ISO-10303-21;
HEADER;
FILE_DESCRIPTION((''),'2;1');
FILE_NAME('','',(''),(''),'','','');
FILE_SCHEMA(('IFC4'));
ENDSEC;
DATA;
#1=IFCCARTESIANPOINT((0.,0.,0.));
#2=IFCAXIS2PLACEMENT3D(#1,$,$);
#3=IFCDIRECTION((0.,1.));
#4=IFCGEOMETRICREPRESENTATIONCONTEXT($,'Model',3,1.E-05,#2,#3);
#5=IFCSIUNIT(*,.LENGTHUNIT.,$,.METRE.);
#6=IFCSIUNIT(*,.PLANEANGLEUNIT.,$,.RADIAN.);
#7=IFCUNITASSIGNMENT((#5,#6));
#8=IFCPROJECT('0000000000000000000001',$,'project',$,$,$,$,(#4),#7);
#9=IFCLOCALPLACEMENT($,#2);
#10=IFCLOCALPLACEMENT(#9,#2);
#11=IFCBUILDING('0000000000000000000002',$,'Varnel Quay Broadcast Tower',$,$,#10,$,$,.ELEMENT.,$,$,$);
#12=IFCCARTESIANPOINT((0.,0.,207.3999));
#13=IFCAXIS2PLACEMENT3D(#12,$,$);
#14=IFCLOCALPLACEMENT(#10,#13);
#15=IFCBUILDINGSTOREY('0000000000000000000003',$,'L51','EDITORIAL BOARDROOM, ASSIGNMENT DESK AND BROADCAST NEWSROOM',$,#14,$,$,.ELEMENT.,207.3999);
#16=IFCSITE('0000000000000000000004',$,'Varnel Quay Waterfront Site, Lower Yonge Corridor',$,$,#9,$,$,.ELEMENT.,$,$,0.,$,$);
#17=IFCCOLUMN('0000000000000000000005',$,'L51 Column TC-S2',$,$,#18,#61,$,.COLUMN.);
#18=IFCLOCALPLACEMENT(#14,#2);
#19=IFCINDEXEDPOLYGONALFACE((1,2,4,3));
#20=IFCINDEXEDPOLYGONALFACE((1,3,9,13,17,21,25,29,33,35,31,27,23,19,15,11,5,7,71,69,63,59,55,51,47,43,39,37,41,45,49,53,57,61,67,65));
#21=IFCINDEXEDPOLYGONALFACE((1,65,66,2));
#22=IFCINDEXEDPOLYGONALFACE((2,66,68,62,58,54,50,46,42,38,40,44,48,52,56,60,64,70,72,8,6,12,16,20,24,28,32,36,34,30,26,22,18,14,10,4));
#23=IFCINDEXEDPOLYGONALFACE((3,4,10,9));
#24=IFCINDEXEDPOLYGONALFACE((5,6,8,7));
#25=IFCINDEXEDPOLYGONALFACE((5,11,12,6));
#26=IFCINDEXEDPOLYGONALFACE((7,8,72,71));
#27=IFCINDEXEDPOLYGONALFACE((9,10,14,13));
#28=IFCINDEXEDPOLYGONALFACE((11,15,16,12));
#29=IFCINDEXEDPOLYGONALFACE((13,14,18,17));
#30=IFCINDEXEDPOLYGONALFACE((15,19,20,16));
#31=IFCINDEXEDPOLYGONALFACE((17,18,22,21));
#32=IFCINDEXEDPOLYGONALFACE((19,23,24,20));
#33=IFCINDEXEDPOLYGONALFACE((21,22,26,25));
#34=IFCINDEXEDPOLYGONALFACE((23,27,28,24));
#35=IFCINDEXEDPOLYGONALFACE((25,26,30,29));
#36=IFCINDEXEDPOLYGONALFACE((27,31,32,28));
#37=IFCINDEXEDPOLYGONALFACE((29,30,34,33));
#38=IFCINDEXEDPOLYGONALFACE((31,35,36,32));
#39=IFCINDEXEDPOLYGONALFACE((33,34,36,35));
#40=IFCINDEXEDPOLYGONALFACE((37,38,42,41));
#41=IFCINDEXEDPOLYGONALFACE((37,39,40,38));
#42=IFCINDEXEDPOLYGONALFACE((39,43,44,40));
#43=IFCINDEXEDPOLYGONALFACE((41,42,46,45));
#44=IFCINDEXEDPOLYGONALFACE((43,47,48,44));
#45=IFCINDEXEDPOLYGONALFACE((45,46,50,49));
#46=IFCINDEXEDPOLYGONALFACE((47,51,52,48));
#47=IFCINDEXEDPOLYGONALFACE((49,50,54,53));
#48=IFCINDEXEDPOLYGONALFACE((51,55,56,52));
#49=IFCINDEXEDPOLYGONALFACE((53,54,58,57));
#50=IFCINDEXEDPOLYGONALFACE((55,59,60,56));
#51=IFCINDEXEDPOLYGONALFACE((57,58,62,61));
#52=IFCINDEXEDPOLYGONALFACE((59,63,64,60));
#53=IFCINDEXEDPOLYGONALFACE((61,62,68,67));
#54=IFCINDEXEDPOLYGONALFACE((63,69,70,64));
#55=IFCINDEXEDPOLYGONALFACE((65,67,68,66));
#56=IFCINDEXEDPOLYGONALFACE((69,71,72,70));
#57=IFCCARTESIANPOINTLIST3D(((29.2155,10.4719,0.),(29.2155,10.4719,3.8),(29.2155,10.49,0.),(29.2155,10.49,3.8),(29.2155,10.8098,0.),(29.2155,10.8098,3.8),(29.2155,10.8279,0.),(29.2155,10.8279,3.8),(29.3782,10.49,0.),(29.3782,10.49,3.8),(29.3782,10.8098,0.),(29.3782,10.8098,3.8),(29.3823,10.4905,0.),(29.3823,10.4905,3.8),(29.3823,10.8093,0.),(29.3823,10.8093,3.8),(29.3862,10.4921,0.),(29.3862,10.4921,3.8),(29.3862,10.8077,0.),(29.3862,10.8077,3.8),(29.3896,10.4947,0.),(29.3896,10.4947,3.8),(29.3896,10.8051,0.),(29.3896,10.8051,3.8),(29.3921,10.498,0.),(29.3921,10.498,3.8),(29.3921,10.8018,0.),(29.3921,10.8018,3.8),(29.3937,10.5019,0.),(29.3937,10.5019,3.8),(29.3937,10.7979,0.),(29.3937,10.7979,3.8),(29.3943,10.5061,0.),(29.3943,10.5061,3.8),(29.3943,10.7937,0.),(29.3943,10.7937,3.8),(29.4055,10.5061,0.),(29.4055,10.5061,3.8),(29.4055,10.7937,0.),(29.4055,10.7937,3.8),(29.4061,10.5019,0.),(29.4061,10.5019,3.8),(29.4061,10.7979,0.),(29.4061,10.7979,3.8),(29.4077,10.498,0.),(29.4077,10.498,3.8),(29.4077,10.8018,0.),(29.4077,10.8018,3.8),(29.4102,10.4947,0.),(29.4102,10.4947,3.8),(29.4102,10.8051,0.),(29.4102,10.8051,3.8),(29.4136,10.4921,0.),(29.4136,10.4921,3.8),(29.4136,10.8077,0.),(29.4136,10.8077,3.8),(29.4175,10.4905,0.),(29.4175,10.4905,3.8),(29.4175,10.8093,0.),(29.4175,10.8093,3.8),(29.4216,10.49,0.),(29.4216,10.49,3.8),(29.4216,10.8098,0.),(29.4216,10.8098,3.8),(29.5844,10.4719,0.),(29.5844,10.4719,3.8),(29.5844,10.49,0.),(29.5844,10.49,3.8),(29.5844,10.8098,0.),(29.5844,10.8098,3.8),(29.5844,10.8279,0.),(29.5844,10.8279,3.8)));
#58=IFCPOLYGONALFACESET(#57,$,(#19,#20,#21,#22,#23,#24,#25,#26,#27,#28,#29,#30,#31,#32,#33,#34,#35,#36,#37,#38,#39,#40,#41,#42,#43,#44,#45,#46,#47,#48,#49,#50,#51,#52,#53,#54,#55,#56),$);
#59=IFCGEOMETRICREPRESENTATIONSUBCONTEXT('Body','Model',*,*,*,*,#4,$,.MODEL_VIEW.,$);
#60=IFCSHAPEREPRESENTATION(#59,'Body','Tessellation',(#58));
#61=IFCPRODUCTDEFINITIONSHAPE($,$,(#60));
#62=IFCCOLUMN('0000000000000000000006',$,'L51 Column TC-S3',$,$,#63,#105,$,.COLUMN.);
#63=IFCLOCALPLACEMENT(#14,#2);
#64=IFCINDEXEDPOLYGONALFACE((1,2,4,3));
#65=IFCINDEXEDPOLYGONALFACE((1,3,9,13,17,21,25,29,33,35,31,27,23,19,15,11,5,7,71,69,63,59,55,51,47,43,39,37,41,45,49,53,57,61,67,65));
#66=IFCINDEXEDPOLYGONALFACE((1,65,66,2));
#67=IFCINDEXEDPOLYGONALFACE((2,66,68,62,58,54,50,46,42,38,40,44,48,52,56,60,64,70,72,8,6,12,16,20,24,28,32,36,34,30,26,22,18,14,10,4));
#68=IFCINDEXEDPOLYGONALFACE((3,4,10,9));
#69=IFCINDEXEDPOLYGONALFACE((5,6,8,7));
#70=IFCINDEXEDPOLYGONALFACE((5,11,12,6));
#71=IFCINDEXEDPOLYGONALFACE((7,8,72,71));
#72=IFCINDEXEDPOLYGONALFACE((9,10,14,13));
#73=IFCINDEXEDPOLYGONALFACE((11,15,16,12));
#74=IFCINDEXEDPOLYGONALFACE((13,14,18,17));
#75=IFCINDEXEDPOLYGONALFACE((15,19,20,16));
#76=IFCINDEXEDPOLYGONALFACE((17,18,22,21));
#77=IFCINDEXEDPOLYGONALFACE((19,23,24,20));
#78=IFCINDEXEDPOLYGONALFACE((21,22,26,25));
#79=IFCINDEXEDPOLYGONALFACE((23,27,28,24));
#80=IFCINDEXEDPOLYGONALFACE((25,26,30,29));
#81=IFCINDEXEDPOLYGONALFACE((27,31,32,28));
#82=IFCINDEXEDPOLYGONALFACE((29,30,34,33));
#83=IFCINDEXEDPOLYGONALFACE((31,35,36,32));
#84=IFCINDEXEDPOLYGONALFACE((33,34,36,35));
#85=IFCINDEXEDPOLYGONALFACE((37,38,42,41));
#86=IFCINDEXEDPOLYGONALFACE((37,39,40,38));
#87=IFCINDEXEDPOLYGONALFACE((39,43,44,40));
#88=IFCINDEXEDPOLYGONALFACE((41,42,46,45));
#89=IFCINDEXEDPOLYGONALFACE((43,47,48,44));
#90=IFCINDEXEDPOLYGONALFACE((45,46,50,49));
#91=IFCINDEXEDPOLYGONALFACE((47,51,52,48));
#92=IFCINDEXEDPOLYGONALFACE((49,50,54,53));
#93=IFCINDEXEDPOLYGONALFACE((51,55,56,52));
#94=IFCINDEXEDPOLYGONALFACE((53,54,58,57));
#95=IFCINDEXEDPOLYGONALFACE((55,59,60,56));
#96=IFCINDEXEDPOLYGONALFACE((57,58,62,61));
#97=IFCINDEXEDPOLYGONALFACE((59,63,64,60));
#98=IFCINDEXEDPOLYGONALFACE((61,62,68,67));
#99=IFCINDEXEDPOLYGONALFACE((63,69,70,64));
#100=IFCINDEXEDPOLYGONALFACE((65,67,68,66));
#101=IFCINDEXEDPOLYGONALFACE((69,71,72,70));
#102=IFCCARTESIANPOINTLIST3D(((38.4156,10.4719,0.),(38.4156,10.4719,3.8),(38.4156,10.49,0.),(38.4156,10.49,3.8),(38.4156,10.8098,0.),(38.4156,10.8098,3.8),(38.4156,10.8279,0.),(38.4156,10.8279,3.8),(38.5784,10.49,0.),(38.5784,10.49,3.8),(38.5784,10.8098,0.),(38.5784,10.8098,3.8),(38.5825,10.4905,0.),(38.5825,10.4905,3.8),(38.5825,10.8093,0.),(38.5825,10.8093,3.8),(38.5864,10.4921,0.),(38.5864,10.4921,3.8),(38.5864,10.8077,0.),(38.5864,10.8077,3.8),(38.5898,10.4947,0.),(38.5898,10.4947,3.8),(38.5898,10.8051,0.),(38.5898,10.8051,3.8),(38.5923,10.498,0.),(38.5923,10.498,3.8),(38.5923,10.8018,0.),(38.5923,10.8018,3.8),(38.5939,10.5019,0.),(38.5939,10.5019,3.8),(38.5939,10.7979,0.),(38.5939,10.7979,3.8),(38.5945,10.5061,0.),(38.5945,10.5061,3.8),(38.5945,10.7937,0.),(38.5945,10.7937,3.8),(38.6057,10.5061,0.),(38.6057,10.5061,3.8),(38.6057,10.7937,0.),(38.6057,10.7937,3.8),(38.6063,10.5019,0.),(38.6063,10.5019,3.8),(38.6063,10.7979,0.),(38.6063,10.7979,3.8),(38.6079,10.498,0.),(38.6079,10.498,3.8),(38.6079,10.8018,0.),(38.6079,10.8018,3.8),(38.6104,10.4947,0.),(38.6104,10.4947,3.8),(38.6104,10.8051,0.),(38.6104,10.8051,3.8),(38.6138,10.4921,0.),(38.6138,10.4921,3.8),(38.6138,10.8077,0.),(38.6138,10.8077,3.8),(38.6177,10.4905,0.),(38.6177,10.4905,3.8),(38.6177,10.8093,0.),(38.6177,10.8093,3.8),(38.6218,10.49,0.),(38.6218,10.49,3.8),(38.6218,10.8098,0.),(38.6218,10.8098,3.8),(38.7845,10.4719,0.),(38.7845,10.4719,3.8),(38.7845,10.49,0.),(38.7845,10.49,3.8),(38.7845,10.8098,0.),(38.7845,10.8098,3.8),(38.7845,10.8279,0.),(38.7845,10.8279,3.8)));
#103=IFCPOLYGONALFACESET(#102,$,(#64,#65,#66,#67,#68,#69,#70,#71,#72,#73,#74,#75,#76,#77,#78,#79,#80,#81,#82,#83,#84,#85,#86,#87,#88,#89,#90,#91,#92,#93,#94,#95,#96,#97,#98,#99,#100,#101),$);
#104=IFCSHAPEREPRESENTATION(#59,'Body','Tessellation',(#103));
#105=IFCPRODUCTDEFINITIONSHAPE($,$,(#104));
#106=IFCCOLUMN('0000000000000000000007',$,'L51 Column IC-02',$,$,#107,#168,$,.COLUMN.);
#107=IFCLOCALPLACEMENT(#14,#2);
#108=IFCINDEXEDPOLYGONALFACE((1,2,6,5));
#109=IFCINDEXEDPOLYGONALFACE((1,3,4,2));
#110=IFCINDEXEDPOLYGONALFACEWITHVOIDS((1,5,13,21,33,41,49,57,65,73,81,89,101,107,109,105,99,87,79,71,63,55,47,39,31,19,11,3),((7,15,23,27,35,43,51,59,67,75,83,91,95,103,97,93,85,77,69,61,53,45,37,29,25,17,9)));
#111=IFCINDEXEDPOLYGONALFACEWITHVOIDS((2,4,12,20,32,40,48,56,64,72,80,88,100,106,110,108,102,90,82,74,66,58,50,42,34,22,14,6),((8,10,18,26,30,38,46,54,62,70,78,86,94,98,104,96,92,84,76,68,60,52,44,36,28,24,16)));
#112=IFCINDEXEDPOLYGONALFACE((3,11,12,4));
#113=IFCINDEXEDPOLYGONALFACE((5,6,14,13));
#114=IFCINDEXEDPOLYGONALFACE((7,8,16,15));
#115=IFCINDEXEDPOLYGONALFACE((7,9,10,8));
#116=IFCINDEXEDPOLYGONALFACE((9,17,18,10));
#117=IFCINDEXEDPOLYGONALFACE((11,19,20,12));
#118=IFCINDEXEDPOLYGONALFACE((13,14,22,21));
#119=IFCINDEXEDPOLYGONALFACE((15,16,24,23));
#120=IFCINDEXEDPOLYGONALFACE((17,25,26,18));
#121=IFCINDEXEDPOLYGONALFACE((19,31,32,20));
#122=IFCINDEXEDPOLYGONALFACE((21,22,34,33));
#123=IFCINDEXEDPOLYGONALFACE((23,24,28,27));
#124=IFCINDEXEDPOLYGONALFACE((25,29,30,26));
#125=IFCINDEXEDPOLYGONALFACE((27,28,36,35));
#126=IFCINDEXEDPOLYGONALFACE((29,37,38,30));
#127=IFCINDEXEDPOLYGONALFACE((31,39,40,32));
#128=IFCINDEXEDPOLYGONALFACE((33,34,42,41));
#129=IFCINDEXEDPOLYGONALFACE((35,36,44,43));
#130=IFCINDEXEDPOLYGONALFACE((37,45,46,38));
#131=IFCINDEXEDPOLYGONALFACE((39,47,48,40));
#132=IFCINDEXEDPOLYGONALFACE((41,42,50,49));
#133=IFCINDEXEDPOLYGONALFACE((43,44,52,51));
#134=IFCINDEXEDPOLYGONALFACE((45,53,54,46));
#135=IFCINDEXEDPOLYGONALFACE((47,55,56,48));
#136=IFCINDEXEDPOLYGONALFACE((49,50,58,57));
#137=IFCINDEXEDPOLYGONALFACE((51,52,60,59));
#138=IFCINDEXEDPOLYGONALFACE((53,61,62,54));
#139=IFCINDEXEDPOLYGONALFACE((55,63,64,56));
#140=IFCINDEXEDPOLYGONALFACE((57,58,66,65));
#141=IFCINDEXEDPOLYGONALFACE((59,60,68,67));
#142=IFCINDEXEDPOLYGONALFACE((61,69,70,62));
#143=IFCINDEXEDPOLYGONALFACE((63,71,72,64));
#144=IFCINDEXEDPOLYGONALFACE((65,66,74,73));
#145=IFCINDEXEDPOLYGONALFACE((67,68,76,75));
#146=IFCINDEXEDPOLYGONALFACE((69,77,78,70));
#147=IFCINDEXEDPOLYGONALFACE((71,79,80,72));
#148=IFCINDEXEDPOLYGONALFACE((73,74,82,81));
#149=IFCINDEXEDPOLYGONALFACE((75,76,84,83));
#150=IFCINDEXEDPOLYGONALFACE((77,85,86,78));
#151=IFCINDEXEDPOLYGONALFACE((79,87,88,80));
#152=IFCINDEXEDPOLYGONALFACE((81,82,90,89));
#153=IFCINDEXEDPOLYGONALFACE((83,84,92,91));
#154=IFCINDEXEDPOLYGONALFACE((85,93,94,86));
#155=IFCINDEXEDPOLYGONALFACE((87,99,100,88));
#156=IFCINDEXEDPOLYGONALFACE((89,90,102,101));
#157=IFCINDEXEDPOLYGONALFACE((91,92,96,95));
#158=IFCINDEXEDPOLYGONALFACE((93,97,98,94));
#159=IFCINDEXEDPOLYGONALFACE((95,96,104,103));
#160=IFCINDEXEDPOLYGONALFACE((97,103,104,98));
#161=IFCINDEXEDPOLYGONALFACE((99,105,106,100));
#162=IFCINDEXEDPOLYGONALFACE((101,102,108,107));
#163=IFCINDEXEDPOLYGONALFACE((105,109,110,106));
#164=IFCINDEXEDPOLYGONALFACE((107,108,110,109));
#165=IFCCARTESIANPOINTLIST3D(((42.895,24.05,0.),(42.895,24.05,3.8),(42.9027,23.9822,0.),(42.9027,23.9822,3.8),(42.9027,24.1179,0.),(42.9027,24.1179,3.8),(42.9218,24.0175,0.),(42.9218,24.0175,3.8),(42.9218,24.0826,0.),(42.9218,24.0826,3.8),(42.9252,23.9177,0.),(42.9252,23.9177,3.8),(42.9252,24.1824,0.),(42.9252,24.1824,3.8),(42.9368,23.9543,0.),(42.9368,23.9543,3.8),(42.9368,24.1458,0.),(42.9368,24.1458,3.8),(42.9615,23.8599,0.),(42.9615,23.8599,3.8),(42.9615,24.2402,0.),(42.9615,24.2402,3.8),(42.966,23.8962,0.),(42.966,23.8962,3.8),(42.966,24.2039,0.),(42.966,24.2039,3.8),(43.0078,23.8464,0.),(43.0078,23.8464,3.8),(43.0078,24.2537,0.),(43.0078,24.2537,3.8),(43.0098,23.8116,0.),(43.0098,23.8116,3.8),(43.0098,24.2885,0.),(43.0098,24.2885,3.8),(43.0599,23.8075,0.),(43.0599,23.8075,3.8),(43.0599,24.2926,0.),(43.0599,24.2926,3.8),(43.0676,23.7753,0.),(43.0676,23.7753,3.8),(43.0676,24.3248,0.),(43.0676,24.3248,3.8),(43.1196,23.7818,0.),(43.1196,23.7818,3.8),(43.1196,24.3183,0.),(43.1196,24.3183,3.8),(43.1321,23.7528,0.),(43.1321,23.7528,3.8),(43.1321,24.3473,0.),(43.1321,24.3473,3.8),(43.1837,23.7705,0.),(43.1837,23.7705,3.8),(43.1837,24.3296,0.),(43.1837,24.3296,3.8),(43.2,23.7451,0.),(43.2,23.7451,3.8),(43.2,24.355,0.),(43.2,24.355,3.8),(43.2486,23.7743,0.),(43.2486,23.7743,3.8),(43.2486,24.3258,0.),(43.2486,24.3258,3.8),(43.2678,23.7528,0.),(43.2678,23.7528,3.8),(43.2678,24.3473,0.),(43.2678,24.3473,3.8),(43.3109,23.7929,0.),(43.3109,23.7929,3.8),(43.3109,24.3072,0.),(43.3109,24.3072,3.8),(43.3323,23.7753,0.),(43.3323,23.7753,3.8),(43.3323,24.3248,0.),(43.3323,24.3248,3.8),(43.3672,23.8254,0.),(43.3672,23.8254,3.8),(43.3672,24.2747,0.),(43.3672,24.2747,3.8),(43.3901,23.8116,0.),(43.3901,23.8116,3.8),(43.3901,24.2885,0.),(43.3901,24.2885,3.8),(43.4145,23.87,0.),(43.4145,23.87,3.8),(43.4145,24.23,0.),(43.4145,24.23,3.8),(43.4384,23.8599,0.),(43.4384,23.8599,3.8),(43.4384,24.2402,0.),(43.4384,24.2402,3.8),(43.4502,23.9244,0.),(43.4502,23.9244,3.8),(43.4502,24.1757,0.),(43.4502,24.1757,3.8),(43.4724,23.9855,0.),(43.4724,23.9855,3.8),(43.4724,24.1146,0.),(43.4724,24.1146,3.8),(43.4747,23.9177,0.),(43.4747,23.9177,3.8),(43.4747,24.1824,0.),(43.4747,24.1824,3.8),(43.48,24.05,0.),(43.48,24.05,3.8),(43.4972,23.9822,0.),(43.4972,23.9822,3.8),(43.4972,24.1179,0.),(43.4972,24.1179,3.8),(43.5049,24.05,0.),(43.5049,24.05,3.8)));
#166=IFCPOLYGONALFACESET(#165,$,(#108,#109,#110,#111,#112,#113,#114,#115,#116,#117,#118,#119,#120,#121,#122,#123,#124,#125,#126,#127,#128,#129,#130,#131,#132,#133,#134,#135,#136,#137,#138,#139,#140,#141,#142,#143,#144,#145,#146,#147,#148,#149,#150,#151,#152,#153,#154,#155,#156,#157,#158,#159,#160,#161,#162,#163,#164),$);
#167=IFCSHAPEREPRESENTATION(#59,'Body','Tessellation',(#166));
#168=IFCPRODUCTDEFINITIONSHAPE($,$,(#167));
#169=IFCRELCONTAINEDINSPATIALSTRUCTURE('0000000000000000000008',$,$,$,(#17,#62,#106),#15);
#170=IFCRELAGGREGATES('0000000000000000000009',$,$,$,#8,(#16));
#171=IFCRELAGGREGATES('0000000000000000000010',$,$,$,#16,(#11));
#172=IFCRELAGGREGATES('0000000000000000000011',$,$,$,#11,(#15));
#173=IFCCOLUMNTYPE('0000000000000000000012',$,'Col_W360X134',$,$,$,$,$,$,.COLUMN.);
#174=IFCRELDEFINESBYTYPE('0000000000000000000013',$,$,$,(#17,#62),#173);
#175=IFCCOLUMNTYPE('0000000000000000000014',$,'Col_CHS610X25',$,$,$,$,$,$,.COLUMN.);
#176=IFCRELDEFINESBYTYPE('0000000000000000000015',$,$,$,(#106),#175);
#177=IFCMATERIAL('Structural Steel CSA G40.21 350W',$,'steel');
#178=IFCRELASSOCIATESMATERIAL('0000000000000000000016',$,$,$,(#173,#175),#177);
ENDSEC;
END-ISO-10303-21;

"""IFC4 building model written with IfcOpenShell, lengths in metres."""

from ifc_helpers import new_model, si_unit, direction, frame, origin, origin_2d, place, context, subcontext, project, spatial, hollow_circle, i_section, extrude, source, transform, mapped, material, material_profile, profile_set, type_object, type_shapes, element, save


model = new_model("IFC4")

# Units and contexts
model_context = context("Model", 3, precision=1e-05, world=origin(), true_north=direction((0.0, 1.0)))
body_context = subcontext(model_context, "Body", "Model", "MODEL_VIEW")
ifc_project = project(units=[si_unit("LENGTHUNIT", "METRE"), si_unit("PLANEANGLEUNIT", "RADIAN")], contexts=[model_context])

# Site, building, storey
site_placement = place(None, origin())
site = spatial("IfcSite", under=ifc_project, at=site_placement, Name="Varnel Quay Waterfront Site, Lower Yonge Corridor", CompositionType="ELEMENT", RefElevation=0.0)
building_placement = place(site_placement, origin())
building = spatial("IfcBuilding", under=site, at=building_placement, Name="Varnel Quay Broadcast Tower", CompositionType="ELEMENT")
storey_placement = place(building_placement, frame((0.0, 0.0, 207.3999)))
storey = spatial("IfcBuildingStorey", under=building, at=storey_placement, Name="L51", Description="EDITORIAL BOARDROOM, ASSIGNMENT DESK AND BROADCAST NEWSROOM", CompositionType="ELEMENT", Elevation=207.3999)

# Columns
ifc_material_1 = material(Name="Structural Steel CSA G40.21 350W", Category="steel")
ifc_material_profile_1 = material_profile(ifc_material_1, i_section(OverallWidth=0.3689, OverallDepth=0.356, WebThickness=0.0112, FlangeThickness=0.0181, FilletRadius=0.0161, at=origin_2d()), Name="W360X134")
ifc_profile_set_1 = profile_set([ifc_material_profile_1], Name="Structural Steel CSA G40.21 350W")
column_type_1 = type_object("IfcColumnType", Name="Col_W360X134", PredefinedType="COLUMN", material=ifc_profile_set_1)
shared_shape_1 = source(origin(), body_context, "Body", "SweptSolid", [
    extrude(i_section(OverallWidth=0.3689, OverallDepth=0.356, WebThickness=0.0112, FlangeThickness=0.0181, FilletRadius=0.0161, at=origin_2d()), origin(), (0.0, 0.0, 1.0), 3.8),
])
type_shapes(column_type_1, [shared_shape_1])
for number, where, z_axis, x_axis, name in (
    (1, (29.3999, 10.6499, 0.0), (0.0, 0.0, 1.0), (1.0, 0.0, 0.0), "L51 Column TC-S2"),
    (2, (38.6001, 10.6499, 0.0), (0.0, 0.0, 1.0), (1.0, 0.0, 0.0), "L51 Column TC-S3"),
):
    element("IfcColumn", number, at=place(storey_placement, frame(where, z_axis=z_axis, x_axis=x_axis)), inside=storey, type_object=column_type_1, Name=name, PredefinedType="COLUMN", context=body_context, shape_type="MappedRepresentation", body=[
        mapped(shared_shape_1, transform((0.0, 0.0, 0.0), x_axis=(1.0, 0.0, 0.0), y_axis=(0.0, 1.0, 0.0), z_axis=(0.0, 0.0, 1.0), scale=1.0)),
    ])
ifc_material_profile_2 = material_profile(ifc_material_1, hollow_circle(Radius=0.3049, WallThickness=0.0249, at=origin_2d()), Name="CHS610X25")
ifc_profile_set_2 = profile_set([ifc_material_profile_2], Name="Structural Steel CSA G40.21 350W")
column_type_2 = type_object("IfcColumnType", Name="Col_CHS610X25", PredefinedType="COLUMN", material=ifc_profile_set_2)
shared_shape_2 = source(origin(), body_context, "Body", "SweptSolid", [
    extrude(hollow_circle(Radius=0.3049, WallThickness=0.0249, at=origin_2d()), origin(), (0.0, 0.0, 1.0), 3.8),
])
type_shapes(column_type_2, [shared_shape_2])
column_placement = place(storey_placement, frame((43.2, 24.05, 0.0), z_axis=(0.0, 0.0, 1.0), x_axis=(1.0, 0.0, 0.0)))
element("IfcColumn", 3, at=column_placement, inside=storey, type_object=column_type_2, Name="L51 Column IC-02", PredefinedType="COLUMN", context=body_context, shape_type="MappedRepresentation", body=[
    mapped(shared_shape_2, transform((0.0, 0.0, 0.0), x_axis=(1.0, 0.0, 0.0), y_axis=(0.0, 1.0, 0.0), z_axis=(0.0, 0.0, 1.0), scale=1.0)),
])

save(model, "model.ifc")
